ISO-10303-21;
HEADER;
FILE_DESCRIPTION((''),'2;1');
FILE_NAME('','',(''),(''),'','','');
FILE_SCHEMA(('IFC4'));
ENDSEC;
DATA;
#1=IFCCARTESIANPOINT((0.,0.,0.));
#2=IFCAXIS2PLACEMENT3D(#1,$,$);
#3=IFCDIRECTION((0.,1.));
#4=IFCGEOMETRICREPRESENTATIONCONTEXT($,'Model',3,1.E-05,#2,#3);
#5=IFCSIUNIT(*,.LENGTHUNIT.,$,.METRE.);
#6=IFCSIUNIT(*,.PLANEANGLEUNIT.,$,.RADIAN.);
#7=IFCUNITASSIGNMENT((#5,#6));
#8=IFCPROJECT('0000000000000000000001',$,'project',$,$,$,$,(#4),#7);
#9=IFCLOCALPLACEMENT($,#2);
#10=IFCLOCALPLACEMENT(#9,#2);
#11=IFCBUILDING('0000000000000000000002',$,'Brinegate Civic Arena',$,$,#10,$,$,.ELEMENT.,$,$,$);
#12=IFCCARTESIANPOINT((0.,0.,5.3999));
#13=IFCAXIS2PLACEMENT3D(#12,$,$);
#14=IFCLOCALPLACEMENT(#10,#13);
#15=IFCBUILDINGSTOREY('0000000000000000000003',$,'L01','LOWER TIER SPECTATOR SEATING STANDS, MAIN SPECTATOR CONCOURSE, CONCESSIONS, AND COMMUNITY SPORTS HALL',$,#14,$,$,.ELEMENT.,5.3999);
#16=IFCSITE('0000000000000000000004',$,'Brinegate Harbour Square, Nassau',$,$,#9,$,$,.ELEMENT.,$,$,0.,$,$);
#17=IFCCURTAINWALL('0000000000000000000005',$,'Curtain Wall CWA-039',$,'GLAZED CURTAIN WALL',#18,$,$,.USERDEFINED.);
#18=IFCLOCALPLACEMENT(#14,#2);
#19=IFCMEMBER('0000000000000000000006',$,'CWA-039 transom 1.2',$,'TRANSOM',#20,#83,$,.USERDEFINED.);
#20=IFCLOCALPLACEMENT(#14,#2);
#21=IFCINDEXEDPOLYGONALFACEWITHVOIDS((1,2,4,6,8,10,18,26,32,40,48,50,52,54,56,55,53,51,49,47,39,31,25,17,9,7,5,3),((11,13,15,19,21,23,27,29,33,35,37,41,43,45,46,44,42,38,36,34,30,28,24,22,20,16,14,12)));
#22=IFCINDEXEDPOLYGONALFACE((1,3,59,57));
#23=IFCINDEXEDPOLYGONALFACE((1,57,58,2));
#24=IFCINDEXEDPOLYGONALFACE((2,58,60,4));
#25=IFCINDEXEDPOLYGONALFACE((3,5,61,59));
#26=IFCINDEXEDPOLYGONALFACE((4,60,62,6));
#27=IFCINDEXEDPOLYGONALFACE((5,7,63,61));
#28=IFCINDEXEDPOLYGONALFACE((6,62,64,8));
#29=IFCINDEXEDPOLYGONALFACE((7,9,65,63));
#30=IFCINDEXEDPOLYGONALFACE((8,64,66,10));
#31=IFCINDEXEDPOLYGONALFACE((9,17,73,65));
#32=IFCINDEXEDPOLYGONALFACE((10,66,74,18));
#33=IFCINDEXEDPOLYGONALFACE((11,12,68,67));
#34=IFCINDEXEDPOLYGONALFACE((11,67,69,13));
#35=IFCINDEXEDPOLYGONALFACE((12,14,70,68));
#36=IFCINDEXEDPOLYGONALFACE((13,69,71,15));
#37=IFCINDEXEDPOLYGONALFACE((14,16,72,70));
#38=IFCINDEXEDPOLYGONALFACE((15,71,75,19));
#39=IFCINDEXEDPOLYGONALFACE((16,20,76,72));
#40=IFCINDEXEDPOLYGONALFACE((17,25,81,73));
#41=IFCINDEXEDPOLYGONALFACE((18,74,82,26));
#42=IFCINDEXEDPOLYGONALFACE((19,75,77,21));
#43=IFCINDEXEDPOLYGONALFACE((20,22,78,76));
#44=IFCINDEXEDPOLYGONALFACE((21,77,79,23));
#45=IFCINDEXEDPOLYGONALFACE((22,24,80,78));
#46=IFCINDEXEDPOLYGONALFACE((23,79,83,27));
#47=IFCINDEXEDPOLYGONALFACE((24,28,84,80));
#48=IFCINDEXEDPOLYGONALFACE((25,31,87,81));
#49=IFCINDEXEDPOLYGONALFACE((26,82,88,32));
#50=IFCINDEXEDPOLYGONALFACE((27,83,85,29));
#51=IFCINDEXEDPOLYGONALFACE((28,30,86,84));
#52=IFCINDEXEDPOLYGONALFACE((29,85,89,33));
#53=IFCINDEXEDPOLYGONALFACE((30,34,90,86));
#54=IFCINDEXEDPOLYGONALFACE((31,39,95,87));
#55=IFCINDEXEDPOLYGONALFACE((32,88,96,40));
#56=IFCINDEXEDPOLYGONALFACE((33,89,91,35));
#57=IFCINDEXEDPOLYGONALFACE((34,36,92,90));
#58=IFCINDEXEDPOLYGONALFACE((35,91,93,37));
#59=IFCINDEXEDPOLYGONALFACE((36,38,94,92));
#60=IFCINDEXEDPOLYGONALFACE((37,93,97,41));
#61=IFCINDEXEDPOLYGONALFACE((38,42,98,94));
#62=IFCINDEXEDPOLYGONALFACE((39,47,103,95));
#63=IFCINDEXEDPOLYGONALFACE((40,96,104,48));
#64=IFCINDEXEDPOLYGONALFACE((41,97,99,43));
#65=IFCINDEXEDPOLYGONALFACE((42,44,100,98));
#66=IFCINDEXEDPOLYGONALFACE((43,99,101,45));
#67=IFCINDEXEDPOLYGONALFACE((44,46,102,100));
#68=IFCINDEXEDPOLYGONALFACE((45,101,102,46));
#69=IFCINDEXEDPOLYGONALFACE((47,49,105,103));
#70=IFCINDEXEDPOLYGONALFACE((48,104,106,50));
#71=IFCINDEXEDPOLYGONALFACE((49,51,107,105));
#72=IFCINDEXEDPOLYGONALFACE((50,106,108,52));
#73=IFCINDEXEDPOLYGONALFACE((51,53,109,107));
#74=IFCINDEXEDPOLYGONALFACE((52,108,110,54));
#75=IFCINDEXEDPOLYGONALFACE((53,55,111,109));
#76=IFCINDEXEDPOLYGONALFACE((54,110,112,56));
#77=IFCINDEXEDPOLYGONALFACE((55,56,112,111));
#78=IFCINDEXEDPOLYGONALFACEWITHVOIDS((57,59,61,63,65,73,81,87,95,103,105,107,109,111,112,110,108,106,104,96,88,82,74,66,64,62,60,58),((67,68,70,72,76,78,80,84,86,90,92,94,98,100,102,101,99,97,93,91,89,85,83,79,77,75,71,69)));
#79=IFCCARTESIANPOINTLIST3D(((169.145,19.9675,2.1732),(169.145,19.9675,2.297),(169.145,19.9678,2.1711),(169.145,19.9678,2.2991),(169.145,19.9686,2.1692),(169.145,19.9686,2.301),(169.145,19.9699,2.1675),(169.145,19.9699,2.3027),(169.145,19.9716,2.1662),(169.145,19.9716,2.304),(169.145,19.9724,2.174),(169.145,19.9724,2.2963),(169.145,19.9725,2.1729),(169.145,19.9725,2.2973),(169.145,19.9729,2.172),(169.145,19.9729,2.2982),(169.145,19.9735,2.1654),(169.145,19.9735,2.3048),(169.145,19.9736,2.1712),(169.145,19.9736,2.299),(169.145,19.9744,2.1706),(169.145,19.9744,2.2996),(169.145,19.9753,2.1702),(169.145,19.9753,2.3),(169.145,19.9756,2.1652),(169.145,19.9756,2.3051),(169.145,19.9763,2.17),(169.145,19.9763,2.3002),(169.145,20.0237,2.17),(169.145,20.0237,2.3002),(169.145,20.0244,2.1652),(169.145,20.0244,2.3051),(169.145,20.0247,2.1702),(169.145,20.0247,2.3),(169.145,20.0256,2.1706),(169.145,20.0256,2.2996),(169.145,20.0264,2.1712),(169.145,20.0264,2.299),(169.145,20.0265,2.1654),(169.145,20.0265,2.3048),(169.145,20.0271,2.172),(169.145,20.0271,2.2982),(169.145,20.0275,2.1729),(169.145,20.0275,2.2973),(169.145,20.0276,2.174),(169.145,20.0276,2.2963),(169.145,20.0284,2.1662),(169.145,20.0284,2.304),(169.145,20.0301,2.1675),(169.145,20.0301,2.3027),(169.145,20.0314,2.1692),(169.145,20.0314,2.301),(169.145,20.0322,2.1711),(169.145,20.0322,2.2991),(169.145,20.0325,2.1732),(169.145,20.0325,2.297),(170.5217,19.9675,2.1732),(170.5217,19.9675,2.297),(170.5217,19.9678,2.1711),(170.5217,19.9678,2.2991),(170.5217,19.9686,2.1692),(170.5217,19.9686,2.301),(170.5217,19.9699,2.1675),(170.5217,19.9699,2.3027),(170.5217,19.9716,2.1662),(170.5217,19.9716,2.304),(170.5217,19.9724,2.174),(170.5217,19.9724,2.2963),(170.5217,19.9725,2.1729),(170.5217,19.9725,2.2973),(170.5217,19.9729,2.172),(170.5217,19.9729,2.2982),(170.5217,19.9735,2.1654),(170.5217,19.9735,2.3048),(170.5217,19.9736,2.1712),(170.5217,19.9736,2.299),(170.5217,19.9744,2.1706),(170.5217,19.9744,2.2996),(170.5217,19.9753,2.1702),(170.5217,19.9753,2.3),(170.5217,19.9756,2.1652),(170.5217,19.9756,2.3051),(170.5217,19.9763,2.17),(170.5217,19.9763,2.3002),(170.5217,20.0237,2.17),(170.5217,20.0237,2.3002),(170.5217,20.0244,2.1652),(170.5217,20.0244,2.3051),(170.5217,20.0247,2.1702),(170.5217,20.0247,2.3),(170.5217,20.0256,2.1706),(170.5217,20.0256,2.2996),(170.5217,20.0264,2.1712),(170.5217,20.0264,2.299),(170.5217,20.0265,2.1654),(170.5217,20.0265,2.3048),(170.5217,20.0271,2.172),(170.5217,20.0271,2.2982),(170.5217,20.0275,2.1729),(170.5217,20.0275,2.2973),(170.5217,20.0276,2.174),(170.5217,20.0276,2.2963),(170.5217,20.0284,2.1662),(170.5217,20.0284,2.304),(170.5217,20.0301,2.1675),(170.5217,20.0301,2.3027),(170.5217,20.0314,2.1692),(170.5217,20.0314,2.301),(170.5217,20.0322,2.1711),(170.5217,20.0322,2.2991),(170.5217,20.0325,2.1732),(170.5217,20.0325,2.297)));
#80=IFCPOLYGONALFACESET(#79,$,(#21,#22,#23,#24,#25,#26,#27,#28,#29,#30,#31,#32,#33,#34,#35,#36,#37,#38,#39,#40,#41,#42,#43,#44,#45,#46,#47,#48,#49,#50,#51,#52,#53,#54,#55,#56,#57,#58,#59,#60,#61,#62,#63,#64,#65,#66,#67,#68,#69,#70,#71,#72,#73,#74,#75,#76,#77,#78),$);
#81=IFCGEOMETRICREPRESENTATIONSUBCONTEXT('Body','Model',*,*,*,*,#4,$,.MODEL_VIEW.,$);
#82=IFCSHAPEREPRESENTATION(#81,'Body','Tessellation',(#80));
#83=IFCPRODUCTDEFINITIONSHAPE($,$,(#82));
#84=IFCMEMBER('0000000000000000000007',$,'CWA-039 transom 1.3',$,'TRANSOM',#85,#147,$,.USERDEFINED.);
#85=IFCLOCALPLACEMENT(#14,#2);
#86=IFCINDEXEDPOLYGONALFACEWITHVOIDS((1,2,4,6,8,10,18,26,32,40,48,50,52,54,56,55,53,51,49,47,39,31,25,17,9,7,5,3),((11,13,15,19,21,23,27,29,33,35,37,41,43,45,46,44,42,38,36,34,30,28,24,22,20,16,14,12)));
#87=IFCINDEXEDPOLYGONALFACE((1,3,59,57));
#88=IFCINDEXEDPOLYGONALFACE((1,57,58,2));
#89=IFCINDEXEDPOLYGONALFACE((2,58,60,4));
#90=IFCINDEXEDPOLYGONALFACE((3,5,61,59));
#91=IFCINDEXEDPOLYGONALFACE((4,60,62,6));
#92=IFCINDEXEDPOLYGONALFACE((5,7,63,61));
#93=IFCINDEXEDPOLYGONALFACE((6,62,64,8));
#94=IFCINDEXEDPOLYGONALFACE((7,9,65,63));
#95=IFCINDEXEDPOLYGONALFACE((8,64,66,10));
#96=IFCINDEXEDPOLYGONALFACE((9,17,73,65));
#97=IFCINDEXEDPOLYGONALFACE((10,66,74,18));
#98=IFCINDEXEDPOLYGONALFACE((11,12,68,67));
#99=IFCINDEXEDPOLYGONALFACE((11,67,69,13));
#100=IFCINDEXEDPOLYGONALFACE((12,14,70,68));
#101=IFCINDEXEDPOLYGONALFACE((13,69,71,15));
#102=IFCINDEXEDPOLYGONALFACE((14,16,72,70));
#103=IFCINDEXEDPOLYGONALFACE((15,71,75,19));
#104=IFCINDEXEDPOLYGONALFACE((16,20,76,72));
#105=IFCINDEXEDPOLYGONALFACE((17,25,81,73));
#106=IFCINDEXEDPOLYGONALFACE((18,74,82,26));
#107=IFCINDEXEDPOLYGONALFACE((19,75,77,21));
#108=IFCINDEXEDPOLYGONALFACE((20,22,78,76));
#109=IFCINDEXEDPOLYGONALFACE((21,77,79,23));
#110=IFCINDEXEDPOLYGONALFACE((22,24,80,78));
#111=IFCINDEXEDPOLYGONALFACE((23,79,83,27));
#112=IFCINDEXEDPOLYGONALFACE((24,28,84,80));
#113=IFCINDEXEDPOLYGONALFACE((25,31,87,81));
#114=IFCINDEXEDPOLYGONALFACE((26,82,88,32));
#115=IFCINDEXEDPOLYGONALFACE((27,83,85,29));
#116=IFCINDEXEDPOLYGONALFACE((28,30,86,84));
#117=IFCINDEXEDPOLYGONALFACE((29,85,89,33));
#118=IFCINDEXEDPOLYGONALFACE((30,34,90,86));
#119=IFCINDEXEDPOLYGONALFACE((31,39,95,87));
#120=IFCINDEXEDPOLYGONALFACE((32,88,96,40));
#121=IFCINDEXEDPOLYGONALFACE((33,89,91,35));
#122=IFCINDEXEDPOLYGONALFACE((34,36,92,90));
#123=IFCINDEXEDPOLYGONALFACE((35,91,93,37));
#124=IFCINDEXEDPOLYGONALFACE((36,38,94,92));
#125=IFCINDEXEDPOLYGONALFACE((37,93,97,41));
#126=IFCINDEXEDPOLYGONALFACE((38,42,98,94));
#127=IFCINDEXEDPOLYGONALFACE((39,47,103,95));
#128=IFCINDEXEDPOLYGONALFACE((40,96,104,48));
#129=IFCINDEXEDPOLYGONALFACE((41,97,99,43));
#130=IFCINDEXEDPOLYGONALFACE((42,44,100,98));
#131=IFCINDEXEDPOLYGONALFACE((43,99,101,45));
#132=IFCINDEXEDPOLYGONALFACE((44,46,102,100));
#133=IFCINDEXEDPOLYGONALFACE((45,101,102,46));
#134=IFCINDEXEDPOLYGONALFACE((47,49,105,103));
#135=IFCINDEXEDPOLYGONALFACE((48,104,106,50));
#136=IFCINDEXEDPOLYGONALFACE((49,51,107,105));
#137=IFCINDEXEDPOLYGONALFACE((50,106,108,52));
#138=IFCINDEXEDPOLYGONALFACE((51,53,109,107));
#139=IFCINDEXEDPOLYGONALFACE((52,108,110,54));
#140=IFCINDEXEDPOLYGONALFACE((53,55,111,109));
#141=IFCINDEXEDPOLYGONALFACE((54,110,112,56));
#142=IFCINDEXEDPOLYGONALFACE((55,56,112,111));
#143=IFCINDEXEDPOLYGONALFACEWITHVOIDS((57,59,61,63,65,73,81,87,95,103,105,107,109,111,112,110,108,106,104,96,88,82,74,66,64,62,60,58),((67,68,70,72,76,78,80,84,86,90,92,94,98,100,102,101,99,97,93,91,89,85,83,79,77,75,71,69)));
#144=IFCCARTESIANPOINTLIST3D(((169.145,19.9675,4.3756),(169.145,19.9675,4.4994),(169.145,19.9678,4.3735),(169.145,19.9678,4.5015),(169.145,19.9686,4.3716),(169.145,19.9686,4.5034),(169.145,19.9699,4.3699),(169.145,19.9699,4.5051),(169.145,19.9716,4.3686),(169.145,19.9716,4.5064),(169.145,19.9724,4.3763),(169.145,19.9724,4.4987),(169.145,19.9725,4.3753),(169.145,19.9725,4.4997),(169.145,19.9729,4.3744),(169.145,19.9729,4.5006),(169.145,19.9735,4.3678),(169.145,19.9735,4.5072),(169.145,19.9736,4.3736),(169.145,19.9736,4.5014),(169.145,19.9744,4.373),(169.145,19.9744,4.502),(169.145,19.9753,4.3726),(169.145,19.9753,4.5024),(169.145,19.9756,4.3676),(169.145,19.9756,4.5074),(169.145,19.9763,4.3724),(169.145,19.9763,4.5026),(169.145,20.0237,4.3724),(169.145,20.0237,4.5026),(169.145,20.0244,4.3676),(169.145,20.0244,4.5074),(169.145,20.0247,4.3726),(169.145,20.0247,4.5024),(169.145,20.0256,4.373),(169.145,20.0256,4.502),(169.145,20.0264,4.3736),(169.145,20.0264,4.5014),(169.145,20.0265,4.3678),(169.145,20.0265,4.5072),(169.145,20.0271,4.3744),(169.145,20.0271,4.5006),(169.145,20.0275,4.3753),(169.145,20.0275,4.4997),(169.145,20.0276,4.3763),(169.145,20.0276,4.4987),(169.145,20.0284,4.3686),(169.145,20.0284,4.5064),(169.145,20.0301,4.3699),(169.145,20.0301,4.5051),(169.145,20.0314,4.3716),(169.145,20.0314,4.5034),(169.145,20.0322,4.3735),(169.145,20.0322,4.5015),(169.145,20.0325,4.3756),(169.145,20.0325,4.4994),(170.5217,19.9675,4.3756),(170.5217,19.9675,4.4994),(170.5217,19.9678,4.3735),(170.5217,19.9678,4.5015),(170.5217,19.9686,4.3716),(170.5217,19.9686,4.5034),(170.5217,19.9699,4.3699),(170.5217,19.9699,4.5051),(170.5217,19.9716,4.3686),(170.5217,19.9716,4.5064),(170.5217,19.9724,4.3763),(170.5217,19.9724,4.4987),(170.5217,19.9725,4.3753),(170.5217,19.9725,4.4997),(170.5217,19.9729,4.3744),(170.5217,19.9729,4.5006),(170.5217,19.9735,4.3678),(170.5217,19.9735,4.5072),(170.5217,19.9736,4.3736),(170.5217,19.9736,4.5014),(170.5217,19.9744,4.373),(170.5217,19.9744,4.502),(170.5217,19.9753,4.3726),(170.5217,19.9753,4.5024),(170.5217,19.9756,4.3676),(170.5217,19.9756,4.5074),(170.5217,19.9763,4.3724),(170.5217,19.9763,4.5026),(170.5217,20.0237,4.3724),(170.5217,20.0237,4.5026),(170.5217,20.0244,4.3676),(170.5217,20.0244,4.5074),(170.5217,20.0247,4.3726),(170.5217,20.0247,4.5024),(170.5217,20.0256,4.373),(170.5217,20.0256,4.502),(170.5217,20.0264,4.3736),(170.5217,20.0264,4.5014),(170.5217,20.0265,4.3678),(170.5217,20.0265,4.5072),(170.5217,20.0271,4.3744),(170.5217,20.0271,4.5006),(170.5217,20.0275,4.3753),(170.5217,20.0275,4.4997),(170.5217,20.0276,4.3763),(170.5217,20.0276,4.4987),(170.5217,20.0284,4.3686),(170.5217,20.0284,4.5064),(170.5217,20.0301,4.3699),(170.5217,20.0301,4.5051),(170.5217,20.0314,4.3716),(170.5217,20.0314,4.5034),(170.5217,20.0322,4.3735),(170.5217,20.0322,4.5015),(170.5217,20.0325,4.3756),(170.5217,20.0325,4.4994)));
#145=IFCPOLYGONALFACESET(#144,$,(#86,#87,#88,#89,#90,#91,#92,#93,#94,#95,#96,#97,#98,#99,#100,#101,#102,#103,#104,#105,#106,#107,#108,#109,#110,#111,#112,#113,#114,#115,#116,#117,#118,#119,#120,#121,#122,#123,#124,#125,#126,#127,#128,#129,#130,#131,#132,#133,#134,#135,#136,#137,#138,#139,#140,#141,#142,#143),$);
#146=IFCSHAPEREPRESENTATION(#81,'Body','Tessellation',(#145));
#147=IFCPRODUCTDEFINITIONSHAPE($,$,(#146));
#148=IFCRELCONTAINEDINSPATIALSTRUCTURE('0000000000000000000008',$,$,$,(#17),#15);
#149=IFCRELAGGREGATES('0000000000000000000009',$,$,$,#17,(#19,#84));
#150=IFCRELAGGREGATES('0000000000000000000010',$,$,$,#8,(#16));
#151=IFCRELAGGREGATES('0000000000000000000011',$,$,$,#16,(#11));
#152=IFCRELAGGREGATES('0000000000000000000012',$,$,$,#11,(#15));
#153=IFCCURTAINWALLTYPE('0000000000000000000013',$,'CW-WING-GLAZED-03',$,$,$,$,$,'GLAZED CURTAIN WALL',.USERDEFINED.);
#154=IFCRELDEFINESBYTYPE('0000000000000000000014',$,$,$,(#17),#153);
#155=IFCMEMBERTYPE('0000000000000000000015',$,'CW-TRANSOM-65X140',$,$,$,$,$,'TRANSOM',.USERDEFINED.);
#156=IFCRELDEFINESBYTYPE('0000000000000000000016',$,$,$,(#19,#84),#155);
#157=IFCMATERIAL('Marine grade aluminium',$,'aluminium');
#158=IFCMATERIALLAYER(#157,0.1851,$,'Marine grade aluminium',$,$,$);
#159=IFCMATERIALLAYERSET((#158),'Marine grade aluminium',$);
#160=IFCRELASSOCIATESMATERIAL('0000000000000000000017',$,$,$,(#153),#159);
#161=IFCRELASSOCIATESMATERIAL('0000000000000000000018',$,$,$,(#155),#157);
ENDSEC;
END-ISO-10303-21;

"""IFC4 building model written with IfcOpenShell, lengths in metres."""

from ifc_helpers import new_model, si_unit, direction, frame, origin, origin_2d, place, context, subcontext, project, spatial, hollow_rectangle, extrude, material, layer, layer_set, material_profile, profile_set, type_object, element, aggregate, save


model = new_model("IFC4")

# Units and contexts
model_context = context("Model", 3, precision=1e-05, world=origin(), true_north=direction((0.0, 1.0)))
body_context = subcontext(model_context, "Body", "Model", "MODEL_VIEW")
ifc_project = project(units=[si_unit("LENGTHUNIT", "METRE"), si_unit("PLANEANGLEUNIT", "RADIAN")], contexts=[model_context])

# Site, building, storey
site_placement = place(None, origin())
site = spatial("IfcSite", under=ifc_project, at=site_placement, Name="Brinegate Harbour Square, Nassau", CompositionType="ELEMENT", RefElevation=0.0)
building_placement = place(site_placement, origin())
building = spatial("IfcBuilding", under=site, at=building_placement, Name="Brinegate Civic Arena", CompositionType="ELEMENT")
storey_placement = place(building_placement, frame((0.0, 0.0, 5.3999)))
storey = spatial("IfcBuildingStorey", under=building, at=storey_placement, Name="L01", Description="LOWER TIER SPECTATOR SEATING STANDS, MAIN SPECTATOR CONCOURSE, CONCESSIONS, AND COMMUNITY SPORTS HALL", CompositionType="ELEMENT", Elevation=5.3999)

# Curtain wall
ifc_material_1 = material(Name="Marine grade aluminium", Category="aluminium")
ifc_layer_1 = layer(ifc_material_1, 0.1851, Name="Marine grade aluminium")
ifc_layer_set_1 = layer_set([ifc_layer_1], Name="Marine grade aluminium")
curtain_wall_type_1 = type_object("IfcCurtainWallType", Name="CW-WING-GLAZED-03", ElementType="GLAZED CURTAIN WALL", PredefinedType="USERDEFINED", material=ifc_layer_set_1)
curtain_wall_1_placement = place(storey_placement, origin())
curtain_wall_1 = element("IfcCurtainWall", 1, at=curtain_wall_1_placement, inside=storey, type_object=curtain_wall_type_1, Name="Curtain Wall CWA-039", ObjectType="GLAZED CURTAIN WALL", PredefinedType="USERDEFINED")

# Members
ifc_material_profile_1 = material_profile(ifc_material_1, hollow_rectangle(XDim=0.0649, YDim=0.1399, WallThickness=0.0049, InnerFilletRadius=0.0039, OuterFilletRadius=0.0081, at=origin_2d()), Name="TRN65X140")
ifc_profile_set_1 = profile_set([ifc_material_profile_1], Name="Marine grade aluminium")
member_type_1 = type_object("IfcMemberType", Name="CW-TRANSOM-65X140", ElementType="TRANSOM", PredefinedType="USERDEFINED", material=ifc_profile_set_1)
member_1_placement = place(storey_placement, frame((169.145, 20.0, 2.2351), z_axis=(1.0, 0.0, 0.0), x_axis=(0.0, 1.0, 0.0)))
member_1 = element("IfcMember", 2, at=member_1_placement, type_object=member_type_1, Name="CWA-039 transom 1.2", ObjectType="TRANSOM", PredefinedType="USERDEFINED", context=body_context, shape_type="SweptSolid", body=[
    extrude(hollow_rectangle(XDim=0.0649, YDim=0.1399, WallThickness=0.0049, InnerFilletRadius=0.0039, OuterFilletRadius=0.0081, at=origin_2d()), origin(), (0.0, 0.0, 1.0), 1.3767),
])
member_2_placement = place(storey_placement, frame((169.145, 20.0, 4.4375), z_axis=(1.0, 0.0, 0.0), x_axis=(0.0, 1.0, 0.0)))
member_2 = element("IfcMember", 3, at=member_2_placement, type_object=member_type_1, Name="CWA-039 transom 1.3", ObjectType="TRANSOM", PredefinedType="USERDEFINED", context=body_context, shape_type="SweptSolid", body=[
    extrude(hollow_rectangle(XDim=0.0649, YDim=0.1399, WallThickness=0.0049, InnerFilletRadius=0.0039, OuterFilletRadius=0.0081, at=origin_2d()), origin(), (0.0, 0.0, 1.0), 1.3767),
])

aggregate(curtain_wall_1, [member_1, member_2])

save(model, "model.ifc")
